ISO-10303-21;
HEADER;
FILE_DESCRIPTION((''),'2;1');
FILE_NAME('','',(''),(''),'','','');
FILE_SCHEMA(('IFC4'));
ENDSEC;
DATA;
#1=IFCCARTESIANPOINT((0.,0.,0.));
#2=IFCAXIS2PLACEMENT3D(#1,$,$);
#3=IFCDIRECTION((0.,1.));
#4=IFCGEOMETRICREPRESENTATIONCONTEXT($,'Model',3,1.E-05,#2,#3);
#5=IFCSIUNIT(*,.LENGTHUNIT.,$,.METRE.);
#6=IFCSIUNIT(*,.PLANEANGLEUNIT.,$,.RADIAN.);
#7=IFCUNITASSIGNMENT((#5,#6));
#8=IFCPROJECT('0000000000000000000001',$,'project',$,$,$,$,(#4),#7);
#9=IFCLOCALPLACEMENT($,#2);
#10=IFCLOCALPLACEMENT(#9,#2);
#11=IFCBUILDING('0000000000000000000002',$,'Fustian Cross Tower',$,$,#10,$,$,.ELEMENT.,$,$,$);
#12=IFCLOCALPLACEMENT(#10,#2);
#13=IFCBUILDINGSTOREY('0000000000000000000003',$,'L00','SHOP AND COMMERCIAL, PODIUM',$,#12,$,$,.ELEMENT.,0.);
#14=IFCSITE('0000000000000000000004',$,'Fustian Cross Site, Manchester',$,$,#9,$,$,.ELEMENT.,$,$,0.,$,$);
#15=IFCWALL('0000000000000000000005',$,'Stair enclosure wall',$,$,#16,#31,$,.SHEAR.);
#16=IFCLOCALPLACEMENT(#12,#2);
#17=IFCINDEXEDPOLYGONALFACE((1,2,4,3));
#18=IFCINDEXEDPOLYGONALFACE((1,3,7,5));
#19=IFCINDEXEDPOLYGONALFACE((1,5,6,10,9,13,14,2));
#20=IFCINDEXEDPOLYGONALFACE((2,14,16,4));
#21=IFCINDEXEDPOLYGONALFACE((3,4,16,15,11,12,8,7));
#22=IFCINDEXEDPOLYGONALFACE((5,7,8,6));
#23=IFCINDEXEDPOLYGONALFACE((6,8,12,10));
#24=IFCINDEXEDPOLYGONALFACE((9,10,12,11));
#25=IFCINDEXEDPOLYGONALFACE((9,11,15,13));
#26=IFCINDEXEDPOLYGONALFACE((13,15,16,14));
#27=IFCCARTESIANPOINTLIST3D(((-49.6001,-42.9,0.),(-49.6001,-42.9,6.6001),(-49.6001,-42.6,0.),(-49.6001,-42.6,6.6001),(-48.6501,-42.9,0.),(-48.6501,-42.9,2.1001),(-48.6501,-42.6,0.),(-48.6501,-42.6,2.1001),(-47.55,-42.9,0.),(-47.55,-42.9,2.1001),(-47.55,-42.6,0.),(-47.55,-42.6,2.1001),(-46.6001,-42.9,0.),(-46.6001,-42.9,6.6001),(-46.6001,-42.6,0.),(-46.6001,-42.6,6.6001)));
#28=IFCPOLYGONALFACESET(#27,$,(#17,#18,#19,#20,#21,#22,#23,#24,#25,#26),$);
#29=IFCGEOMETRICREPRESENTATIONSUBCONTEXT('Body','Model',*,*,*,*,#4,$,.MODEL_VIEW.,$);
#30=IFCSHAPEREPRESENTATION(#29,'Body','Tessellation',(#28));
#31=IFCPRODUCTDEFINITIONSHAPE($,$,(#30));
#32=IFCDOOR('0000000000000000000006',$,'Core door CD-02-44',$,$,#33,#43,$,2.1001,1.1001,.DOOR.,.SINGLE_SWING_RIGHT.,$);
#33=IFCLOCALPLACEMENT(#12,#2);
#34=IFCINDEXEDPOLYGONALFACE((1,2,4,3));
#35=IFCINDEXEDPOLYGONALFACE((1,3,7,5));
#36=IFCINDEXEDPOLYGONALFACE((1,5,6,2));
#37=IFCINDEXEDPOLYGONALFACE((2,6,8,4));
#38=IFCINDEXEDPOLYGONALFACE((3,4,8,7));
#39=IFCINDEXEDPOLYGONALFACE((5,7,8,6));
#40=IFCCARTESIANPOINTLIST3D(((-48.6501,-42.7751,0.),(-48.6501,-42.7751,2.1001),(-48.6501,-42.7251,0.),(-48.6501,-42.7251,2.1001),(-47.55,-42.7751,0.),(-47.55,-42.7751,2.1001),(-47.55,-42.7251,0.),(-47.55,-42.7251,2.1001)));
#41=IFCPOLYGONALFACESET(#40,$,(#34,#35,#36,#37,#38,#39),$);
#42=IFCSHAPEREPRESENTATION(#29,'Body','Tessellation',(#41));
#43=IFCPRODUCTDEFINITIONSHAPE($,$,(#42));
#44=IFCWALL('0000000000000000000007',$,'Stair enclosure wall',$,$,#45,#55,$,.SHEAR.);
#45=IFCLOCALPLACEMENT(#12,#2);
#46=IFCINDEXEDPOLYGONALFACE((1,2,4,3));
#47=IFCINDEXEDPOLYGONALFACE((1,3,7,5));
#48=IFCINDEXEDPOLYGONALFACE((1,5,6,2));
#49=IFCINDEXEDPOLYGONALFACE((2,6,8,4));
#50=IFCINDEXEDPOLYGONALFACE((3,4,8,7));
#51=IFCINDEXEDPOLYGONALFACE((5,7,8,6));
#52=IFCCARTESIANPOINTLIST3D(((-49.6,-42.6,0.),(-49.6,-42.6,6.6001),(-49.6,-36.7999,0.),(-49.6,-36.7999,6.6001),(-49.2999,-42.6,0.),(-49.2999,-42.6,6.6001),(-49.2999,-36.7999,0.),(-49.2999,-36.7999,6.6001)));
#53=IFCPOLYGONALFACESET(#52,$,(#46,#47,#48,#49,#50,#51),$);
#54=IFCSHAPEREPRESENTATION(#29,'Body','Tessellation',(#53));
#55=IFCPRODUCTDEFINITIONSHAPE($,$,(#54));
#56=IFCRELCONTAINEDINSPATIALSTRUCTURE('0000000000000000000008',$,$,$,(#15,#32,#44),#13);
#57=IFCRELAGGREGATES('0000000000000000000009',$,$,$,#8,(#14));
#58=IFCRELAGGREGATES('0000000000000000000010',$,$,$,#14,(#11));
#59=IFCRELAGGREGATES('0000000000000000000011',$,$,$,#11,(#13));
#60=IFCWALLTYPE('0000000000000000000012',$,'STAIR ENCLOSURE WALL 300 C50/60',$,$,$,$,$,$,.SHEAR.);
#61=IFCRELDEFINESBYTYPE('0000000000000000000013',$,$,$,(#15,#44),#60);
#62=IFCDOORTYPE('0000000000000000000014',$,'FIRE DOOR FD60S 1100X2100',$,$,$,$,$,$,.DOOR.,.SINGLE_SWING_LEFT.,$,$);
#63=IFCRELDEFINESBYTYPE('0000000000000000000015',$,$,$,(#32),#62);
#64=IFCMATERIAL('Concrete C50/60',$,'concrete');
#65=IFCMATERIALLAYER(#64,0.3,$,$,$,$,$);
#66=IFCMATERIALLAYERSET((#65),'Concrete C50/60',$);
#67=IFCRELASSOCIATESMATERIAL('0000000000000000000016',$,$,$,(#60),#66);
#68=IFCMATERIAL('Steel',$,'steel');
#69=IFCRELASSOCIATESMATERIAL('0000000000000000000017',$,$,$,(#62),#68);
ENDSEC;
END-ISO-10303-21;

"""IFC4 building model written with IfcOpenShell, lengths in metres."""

from ifc_helpers import new_model, si_unit, direction, frame, frame_2d, origin, place, context, subcontext, project, spatial, rectangle, extrude, material, layer, layer_set, type_object, element, fill, save


model = new_model("IFC4")

# Units and contexts
model_context = context("Model", 3, precision=1e-05, world=origin(), true_north=direction((0.0, 1.0)))
body_context = subcontext(model_context, "Body", "Model", "MODEL_VIEW")
ifc_project = project(units=[si_unit("LENGTHUNIT", "METRE"), si_unit("PLANEANGLEUNIT", "RADIAN")], contexts=[model_context])

# Site, building, storey
site_placement = place(None, origin())
site = spatial("IfcSite", under=ifc_project, at=site_placement, Name="Fustian Cross Site, Manchester", CompositionType="ELEMENT", RefElevation=0.0)
building_placement = place(site_placement, origin())
building = spatial("IfcBuilding", under=site, at=building_placement, Name="Fustian Cross Tower", CompositionType="ELEMENT")
storey_placement = place(building_placement, origin())
storey = spatial("IfcBuildingStorey", under=building, at=storey_placement, Name="L00", Description="SHOP AND COMMERCIAL, PODIUM", CompositionType="ELEMENT", Elevation=0.0)

# Wall, opening, door
ifc_material_1 = material(Name="Concrete C50/60", Category="concrete")
ifc_layer_1 = layer(ifc_material_1, 0.3)
ifc_layer_set_1 = layer_set([ifc_layer_1], Name="Concrete C50/60")
wall_type_1 = type_object("IfcWallType", Name="STAIR ENCLOSURE WALL 300 C50/60", PredefinedType="SHEAR", material=ifc_layer_set_1)
wall_1_placement = place(storey_placement, frame((-49.6001, -42.75, 0.0), z_axis=(0.0, 0.0, 1.0), x_axis=(1.0, 0.0, 0.0)))
wall_1 = element("IfcWall", 1, at=wall_1_placement, inside=storey, type_object=wall_type_1, Name="Stair enclosure wall", PredefinedType="SHEAR", context=body_context, shape_type="SweptSolid", body=[
    extrude(rectangle(XDim=3.0, YDim=0.3, at=frame_2d((1.5, 0.0))), origin(), (0.0, 0.0, 1.0), 6.6001),
])
opening_1_placement = place(wall_1_placement, frame((0.95, 0.0, 0.0)))
opening_1 = element("IfcOpeningElement", 2, at=opening_1_placement, cuts=wall_1, PredefinedType="OPENING", context=body_context, shape_type="SweptSolid", body=[
    extrude(rectangle(XDim=1.1001, YDim=2.1001, at=frame_2d((0.55, 1.05))), frame((0.0, 0.1599, 0.0), z_axis=(0.0, -1.0, 0.0), x_axis=(1.0, 0.0, 0.0)), (0.0, 0.0, 1.0), 0.3201),
])
ifc_material_2 = material(Name="Steel", Category="steel")
door_type_1 = type_object("IfcDoorType", Name="FIRE DOOR FD60S 1100X2100", OperationType="SINGLE_SWING_LEFT", PredefinedType="DOOR", material=ifc_material_2)
door_1_placement = place(opening_1_placement, origin())
door_1 = element("IfcDoor", 3, at=door_1_placement, inside=storey, type_object=door_type_1, Name="Core door CD-02-44", OperationType="SINGLE_SWING_RIGHT", OverallHeight=2.1001, OverallWidth=1.1001, PredefinedType="DOOR", context=body_context, shape_type="SweptSolid", body=[
    extrude(rectangle(XDim=1.1001, YDim=2.1001, at=frame_2d((0.55, 1.05))), frame((0.0, 0.0249, 0.0), z_axis=(0.0, -1.0, 0.0), x_axis=(1.0, 0.0, 0.0)), (0.0, 0.0, 1.0), 0.05),
])
fill(opening_1, door_1)

# Wall
wall_2_placement = place(storey_placement, frame((-49.45, -36.8, 0.0), z_axis=(0.0, 0.0, 1.0), x_axis=(0.0, -1.0, 0.0)))
element("IfcWall", 4, at=wall_2_placement, inside=storey, type_object=wall_type_1, Name="Stair enclosure wall", PredefinedType="SHEAR", context=body_context, shape_type="SweptSolid", body=[
    extrude(rectangle(XDim=5.8, YDim=0.3, at=frame_2d((2.8999, 0.0))), origin(), (0.0, 0.0, 1.0), 6.6001),
])

save(model, "model.ifc")
